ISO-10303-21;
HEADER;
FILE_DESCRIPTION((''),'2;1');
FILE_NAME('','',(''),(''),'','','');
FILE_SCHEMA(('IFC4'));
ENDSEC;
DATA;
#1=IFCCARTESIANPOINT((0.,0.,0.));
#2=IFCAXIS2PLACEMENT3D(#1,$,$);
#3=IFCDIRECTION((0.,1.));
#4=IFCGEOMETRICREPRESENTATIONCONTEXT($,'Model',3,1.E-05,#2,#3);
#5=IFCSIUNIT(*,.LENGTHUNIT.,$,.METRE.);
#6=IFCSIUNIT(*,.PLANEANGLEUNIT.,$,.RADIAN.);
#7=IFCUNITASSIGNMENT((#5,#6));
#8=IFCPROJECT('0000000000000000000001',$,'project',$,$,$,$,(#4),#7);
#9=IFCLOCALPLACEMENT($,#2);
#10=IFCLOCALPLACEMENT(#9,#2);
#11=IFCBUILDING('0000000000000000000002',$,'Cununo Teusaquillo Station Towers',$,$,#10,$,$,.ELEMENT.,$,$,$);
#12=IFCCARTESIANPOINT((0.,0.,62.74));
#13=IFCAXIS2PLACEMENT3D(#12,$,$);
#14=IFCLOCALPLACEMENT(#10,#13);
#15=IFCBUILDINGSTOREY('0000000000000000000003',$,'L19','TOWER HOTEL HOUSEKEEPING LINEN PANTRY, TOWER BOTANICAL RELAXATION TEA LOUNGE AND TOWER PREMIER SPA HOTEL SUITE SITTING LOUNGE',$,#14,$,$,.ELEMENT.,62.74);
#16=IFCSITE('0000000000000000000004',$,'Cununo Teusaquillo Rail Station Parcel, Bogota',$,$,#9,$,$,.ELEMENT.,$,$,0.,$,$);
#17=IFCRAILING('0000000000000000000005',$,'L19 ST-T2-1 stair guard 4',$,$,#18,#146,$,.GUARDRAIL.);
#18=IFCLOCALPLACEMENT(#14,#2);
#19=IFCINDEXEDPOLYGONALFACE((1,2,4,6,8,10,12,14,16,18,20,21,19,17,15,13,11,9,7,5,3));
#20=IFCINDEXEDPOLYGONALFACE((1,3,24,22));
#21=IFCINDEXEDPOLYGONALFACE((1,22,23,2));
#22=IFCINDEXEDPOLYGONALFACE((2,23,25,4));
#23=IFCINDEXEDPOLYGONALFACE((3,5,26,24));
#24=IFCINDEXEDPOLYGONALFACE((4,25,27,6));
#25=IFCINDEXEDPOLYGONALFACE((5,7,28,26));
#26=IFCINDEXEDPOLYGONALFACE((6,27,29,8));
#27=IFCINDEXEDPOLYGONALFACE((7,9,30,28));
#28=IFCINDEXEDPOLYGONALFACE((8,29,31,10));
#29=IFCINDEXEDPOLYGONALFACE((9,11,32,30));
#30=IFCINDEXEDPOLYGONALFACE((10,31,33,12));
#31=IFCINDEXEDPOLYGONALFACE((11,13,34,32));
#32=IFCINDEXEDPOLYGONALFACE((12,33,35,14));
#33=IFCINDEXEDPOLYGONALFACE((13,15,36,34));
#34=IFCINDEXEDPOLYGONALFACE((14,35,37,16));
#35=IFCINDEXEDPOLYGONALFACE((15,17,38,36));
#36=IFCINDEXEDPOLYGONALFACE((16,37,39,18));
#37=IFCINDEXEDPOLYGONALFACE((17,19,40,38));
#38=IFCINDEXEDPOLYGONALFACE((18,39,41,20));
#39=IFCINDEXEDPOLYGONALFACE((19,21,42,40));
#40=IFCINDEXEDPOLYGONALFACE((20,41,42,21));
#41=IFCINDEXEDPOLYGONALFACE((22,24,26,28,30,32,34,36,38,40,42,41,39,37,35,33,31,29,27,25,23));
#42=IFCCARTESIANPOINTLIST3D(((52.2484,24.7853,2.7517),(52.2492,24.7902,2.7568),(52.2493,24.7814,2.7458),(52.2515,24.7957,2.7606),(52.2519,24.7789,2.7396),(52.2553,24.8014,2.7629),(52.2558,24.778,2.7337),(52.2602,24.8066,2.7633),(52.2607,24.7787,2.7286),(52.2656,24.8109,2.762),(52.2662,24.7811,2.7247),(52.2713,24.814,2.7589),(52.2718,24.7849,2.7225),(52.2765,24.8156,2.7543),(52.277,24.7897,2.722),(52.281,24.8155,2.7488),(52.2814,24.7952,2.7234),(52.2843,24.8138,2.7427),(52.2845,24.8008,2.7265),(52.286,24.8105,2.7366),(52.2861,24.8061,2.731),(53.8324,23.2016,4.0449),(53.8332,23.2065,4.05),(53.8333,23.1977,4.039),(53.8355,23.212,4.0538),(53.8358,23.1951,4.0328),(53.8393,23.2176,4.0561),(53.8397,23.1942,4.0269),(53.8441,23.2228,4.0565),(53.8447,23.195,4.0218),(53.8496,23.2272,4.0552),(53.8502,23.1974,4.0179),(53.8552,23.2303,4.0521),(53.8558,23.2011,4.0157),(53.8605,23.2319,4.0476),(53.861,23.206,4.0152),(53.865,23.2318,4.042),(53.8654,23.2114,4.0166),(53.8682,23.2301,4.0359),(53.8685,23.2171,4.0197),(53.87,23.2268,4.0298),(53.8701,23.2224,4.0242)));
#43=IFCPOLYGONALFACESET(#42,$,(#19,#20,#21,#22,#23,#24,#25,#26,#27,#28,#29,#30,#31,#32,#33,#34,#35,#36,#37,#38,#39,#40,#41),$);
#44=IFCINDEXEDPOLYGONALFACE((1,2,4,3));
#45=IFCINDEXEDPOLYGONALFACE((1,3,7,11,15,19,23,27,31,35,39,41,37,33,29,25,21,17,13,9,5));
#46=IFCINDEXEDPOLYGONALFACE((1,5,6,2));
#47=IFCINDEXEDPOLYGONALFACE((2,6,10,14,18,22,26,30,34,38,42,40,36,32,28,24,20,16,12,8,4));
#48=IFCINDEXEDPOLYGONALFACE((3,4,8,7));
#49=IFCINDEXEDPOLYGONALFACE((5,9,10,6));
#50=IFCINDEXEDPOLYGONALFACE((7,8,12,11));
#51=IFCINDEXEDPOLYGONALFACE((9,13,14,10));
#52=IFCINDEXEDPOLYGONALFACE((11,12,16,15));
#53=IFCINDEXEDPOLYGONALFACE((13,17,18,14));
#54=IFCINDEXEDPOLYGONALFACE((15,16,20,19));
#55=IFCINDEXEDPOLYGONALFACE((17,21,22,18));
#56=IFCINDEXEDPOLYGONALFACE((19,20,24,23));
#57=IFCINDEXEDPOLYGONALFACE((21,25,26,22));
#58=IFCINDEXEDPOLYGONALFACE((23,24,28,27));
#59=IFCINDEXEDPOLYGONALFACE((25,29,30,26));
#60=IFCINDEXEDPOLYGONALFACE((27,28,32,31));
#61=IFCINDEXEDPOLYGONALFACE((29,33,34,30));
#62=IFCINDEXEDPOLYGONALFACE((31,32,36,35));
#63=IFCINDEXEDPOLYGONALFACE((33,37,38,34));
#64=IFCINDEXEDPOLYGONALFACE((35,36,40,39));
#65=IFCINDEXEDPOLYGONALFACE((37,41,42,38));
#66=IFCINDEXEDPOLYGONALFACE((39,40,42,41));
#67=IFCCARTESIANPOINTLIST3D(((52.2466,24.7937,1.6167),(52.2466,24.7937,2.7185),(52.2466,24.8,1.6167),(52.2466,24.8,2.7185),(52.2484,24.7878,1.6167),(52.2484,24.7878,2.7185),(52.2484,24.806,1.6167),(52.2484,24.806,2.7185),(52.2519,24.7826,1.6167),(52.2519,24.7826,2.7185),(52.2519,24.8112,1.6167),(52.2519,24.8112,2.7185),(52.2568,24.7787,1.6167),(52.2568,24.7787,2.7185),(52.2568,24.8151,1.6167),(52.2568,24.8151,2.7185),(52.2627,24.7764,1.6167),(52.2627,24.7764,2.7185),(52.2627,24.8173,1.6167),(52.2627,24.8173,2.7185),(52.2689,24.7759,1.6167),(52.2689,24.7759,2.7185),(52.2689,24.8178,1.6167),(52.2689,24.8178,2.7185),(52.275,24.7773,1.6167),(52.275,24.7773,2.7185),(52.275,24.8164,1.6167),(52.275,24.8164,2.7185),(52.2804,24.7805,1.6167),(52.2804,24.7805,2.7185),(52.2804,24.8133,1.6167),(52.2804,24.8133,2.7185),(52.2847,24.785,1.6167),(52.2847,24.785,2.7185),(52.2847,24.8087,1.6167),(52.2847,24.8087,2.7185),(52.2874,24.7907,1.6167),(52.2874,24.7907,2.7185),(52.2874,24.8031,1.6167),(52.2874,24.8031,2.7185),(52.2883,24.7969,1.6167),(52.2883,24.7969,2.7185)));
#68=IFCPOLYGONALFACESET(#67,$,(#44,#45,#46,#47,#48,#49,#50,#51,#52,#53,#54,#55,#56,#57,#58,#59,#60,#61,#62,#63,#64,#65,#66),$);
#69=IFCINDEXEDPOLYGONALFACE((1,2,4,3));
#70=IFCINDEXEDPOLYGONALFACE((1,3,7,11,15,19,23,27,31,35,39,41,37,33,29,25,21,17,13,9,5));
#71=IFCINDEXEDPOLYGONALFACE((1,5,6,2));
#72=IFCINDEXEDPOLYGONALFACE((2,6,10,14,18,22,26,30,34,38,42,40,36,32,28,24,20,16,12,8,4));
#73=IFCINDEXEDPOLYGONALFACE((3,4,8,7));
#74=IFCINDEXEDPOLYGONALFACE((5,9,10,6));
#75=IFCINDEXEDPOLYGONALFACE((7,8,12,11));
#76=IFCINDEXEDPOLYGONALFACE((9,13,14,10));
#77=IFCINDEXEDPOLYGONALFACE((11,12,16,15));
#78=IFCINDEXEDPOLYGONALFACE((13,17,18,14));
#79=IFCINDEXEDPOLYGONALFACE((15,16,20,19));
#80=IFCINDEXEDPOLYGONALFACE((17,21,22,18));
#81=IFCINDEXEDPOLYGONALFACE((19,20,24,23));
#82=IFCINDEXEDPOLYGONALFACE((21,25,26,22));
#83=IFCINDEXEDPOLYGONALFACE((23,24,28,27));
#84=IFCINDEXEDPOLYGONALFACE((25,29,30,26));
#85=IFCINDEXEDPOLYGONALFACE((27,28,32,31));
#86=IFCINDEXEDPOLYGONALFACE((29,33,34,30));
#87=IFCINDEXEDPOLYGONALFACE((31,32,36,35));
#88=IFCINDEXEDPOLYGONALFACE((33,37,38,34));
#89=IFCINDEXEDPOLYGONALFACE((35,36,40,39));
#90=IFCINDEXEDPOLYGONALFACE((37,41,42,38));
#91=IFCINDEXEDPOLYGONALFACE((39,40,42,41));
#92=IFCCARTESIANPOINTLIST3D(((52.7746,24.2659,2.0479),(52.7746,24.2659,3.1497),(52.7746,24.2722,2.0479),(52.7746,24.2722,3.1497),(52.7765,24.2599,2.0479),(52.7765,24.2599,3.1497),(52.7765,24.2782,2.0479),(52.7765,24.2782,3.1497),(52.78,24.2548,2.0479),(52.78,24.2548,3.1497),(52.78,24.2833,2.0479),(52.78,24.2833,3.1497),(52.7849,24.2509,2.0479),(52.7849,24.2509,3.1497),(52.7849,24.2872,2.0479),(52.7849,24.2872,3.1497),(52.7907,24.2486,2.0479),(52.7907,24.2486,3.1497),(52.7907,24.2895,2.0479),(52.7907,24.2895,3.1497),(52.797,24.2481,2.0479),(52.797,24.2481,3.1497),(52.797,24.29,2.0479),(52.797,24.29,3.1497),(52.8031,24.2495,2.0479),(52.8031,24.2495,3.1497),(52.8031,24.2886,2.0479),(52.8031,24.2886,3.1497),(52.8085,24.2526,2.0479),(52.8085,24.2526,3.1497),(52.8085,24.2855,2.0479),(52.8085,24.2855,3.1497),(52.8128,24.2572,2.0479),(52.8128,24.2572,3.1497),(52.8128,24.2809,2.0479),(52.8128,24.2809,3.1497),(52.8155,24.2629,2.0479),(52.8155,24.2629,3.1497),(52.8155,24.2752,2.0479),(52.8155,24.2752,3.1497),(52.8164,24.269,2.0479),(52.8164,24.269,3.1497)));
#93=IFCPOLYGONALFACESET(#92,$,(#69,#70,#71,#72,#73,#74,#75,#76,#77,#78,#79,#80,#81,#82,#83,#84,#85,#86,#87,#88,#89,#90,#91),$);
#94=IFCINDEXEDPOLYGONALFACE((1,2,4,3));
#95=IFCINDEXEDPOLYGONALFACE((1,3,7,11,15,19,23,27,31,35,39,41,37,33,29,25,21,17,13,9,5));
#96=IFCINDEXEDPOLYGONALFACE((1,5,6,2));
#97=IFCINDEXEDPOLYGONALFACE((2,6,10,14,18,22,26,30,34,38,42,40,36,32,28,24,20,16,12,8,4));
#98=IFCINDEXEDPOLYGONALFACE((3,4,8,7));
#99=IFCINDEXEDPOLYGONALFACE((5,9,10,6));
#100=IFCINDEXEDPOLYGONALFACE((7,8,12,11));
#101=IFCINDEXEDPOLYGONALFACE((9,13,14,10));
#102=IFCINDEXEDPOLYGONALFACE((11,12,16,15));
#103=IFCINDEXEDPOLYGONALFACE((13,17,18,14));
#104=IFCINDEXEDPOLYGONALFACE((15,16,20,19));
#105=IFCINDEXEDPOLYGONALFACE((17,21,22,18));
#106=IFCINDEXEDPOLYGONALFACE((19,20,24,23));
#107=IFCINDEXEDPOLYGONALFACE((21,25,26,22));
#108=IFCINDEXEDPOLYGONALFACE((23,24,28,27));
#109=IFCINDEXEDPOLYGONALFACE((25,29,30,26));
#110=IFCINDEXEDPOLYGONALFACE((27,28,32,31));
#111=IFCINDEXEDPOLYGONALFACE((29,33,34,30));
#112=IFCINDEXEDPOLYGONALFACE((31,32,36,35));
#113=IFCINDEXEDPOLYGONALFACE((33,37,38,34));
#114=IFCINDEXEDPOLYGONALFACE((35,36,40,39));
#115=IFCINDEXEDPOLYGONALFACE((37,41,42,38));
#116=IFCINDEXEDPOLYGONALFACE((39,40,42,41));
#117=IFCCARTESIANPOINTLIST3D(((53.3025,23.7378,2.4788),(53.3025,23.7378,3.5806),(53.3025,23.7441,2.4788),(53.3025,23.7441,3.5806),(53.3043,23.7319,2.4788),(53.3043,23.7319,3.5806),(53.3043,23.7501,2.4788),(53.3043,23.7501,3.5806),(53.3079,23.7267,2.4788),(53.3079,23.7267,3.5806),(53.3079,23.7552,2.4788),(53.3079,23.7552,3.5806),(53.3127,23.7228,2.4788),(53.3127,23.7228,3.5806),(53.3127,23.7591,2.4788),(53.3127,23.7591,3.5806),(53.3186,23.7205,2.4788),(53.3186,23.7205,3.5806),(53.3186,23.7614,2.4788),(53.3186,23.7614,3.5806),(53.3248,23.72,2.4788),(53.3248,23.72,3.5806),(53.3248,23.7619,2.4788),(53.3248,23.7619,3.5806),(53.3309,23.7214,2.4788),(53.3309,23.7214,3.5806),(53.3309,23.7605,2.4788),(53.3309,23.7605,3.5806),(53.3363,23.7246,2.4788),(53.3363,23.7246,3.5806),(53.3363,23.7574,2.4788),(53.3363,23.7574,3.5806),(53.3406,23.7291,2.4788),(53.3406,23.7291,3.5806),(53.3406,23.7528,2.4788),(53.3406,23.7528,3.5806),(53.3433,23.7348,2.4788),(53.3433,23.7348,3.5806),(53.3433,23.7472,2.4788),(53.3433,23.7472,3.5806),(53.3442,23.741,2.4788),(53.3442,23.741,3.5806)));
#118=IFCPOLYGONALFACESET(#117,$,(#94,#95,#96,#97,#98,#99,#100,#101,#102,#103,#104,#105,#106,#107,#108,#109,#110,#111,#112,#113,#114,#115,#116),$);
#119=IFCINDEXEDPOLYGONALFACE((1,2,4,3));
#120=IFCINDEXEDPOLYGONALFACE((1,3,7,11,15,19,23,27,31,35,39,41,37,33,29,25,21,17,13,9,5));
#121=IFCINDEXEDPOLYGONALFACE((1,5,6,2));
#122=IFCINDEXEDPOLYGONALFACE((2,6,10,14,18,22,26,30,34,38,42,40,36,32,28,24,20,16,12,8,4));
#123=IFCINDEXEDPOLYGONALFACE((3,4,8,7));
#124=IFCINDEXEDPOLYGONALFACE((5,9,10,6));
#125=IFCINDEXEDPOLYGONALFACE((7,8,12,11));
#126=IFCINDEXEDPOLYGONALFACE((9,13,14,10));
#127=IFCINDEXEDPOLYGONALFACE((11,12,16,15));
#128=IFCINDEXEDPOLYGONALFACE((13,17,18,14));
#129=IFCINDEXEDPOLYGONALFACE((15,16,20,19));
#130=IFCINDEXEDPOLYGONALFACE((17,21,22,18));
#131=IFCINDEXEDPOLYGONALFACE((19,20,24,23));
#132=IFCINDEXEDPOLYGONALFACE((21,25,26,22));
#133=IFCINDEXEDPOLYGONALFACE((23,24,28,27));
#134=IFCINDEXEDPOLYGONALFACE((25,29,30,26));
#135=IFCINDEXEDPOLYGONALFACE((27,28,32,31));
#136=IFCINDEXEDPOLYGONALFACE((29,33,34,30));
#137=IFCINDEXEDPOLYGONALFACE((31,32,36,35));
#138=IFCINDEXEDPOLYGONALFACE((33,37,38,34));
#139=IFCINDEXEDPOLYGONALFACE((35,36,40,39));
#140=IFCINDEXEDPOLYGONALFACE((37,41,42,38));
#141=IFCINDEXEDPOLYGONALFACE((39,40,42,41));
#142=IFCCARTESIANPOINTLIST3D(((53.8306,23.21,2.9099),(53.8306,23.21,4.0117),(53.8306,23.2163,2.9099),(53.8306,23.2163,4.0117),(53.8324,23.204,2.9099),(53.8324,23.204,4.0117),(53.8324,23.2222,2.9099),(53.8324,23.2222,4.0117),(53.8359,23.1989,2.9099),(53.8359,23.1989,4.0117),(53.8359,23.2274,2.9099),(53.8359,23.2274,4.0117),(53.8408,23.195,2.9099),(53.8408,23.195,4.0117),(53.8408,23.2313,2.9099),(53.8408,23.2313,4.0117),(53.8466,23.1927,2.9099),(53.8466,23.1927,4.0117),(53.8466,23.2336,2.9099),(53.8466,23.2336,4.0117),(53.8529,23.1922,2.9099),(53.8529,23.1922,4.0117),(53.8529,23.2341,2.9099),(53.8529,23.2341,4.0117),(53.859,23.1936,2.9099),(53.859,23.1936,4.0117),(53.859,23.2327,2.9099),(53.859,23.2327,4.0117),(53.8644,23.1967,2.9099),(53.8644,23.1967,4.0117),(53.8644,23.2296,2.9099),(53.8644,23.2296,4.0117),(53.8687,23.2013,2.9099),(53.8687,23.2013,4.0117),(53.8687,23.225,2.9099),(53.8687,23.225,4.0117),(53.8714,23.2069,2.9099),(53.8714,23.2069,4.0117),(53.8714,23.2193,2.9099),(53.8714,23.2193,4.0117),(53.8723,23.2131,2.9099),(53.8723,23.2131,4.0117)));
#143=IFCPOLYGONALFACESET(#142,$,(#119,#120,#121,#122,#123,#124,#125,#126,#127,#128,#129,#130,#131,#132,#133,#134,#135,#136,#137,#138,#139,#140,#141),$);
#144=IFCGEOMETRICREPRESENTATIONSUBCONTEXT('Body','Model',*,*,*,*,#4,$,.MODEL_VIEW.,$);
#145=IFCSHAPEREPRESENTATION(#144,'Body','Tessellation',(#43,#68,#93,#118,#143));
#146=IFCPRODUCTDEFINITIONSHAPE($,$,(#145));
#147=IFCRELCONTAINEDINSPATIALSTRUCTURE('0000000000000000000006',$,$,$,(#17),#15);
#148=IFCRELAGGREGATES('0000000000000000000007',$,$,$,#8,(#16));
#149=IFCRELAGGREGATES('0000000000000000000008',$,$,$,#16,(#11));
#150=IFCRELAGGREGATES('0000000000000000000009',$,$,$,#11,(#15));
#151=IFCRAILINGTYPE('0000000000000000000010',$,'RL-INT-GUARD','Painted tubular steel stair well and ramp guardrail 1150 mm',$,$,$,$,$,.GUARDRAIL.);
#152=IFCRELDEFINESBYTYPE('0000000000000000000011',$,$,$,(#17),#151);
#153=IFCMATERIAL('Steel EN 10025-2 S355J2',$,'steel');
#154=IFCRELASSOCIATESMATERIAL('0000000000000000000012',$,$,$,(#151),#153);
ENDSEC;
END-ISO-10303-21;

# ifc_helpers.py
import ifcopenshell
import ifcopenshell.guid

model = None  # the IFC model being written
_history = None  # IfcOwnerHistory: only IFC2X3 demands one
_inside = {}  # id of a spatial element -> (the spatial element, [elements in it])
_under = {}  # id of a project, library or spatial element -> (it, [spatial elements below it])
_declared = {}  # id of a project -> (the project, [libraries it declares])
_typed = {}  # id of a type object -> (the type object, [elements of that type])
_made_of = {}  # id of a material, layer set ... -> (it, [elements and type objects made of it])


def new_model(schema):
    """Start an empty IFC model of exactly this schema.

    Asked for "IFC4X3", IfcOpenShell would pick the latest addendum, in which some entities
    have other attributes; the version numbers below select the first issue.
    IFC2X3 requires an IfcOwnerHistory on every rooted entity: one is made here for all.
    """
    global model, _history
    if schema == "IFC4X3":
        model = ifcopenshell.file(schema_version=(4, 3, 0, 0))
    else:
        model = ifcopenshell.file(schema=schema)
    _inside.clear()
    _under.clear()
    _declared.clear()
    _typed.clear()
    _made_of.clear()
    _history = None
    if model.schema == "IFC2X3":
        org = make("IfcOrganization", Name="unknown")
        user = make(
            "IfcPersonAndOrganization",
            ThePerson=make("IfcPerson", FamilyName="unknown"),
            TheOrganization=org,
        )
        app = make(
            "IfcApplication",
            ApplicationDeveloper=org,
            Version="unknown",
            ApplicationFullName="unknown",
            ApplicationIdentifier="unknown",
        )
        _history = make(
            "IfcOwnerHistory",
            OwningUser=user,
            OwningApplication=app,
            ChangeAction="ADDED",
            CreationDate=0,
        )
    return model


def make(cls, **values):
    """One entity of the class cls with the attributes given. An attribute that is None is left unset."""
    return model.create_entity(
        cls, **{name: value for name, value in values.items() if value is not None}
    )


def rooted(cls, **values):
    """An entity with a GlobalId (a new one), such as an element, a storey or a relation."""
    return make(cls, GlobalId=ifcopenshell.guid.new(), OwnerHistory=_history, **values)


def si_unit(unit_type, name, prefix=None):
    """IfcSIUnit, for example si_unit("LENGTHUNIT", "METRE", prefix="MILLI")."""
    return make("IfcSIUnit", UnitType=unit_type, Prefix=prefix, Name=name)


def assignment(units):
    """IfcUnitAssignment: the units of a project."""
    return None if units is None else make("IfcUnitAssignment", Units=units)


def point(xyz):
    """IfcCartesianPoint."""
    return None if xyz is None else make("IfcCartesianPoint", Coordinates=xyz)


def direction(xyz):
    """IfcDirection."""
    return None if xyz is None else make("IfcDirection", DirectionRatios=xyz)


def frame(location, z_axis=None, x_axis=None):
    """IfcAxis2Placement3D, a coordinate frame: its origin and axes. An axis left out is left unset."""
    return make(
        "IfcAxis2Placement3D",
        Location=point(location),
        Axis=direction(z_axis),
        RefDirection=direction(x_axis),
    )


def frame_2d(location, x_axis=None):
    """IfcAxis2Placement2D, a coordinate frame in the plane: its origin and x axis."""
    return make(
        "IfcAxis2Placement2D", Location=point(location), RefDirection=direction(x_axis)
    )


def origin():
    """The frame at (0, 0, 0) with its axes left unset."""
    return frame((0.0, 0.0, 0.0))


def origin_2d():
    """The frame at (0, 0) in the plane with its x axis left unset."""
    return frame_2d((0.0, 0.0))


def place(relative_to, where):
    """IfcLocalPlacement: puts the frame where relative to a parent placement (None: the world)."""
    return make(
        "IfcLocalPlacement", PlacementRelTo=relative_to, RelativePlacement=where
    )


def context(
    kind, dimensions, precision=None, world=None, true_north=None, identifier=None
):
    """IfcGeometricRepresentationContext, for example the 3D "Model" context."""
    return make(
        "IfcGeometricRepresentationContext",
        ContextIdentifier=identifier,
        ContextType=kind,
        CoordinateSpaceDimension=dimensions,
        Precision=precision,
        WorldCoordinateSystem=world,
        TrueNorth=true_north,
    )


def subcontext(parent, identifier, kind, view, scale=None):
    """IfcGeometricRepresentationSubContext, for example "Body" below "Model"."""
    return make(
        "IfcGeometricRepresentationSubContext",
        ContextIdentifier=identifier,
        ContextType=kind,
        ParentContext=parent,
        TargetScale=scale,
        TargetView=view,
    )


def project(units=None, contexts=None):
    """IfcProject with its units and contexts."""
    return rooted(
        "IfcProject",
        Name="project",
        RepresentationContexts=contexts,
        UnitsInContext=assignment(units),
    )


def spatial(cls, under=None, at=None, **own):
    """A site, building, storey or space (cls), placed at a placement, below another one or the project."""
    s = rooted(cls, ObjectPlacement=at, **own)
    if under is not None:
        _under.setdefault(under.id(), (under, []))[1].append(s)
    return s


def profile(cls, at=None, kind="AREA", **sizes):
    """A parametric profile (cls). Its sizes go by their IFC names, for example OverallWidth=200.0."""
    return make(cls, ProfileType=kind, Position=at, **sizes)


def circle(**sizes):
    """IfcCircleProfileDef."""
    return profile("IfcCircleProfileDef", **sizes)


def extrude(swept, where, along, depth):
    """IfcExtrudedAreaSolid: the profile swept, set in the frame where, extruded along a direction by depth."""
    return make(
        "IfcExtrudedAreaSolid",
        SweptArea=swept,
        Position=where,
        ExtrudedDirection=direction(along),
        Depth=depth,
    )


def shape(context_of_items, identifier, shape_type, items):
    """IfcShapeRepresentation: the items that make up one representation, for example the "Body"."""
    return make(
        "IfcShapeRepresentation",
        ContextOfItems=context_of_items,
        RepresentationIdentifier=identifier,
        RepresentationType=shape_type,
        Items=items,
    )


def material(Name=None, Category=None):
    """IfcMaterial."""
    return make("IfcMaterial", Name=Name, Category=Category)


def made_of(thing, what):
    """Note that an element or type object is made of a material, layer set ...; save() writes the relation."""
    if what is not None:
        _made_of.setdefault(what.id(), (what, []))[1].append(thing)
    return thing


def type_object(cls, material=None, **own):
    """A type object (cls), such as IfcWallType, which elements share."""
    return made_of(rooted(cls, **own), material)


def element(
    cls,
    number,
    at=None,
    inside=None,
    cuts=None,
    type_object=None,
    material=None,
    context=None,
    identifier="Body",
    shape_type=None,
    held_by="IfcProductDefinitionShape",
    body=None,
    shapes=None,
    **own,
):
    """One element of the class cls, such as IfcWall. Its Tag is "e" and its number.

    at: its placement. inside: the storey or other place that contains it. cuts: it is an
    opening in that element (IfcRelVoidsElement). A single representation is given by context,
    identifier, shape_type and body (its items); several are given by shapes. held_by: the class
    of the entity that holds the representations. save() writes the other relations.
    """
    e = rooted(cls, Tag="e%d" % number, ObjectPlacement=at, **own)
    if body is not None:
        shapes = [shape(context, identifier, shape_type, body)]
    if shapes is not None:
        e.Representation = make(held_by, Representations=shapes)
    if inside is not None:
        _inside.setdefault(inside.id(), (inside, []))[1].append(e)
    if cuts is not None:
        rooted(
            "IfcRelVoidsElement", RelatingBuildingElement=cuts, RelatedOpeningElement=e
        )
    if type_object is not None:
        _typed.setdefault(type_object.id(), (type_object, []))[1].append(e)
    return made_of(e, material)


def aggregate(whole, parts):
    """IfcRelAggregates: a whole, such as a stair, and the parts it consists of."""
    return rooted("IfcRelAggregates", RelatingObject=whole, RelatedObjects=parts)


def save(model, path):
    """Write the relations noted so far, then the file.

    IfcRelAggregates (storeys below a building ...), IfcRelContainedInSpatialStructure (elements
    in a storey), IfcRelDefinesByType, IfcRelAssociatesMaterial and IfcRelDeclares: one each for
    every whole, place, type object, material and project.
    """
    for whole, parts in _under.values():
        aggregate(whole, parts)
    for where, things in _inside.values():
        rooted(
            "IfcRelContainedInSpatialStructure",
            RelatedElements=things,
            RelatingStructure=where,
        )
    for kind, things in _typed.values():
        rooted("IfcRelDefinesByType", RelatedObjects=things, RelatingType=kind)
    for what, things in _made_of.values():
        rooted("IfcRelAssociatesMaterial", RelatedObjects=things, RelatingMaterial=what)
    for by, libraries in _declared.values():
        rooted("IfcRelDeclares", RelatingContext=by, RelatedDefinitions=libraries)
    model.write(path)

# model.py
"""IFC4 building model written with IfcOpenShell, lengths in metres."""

from ifc_helpers import new_model, si_unit, direction, frame, origin, origin_2d, place, context, subcontext, project, spatial, circle, extrude, material, type_object, element, save


model = new_model("IFC4")

# Units and contexts
model_context = context("Model", 3, precision=1e-05, world=origin(), true_north=direction((0.0, 1.0)))
body_context = subcontext(model_context, "Body", "Model", "MODEL_VIEW")
ifc_project = project(units=[si_unit("LENGTHUNIT", "METRE"), si_unit("PLANEANGLEUNIT", "RADIAN")], contexts=[model_context])

# Site, building, storey
site_placement = place(None, origin())
site = spatial("IfcSite", under=ifc_project, at=site_placement, Name="Cununo Teusaquillo Rail Station Parcel, Bogota", CompositionType="ELEMENT", RefElevation=0.0)
building_placement = place(site_placement, origin())
building = spatial("IfcBuilding", under=site, at=building_placement, Name="Cununo Teusaquillo Station Towers", CompositionType="ELEMENT")
storey_placement = place(building_placement, frame((0.0, 0.0, 62.74)))
storey = spatial("IfcBuildingStorey", under=building, at=storey_placement, Name="L19", Description="TOWER HOTEL HOUSEKEEPING LINEN PANTRY, TOWER BOTANICAL RELAXATION TEA LOUNGE AND TOWER PREMIER SPA HOTEL SUITE SITTING LOUNGE", CompositionType="ELEMENT", Elevation=62.74)

# Railing
ifc_material_1 = material(Name="Steel EN 10025-2 S355J2", Category="steel")
railing_type_1 = type_object("IfcRailingType", Name="RL-INT-GUARD", Description="Painted tubular steel stair well and ramp guardrail 1150 mm", PredefinedType="GUARDRAIL", material=ifc_material_1)
railing_1_placement = place(storey_placement, frame((52.2673, 24.7969, 1.6167)))
element("IfcRailing", 1, at=railing_1_placement, inside=storey, type_object=railing_type_1, Name="L19 ST-T2-1 stair guard 4", PredefinedType="GUARDRAIL", context=body_context, shape_type="SweptSolid", body=[
    extrude(circle(Radius=0.0239, at=origin_2d()), frame((0.0, 0.0, 1.126), z_axis=(0.61242, -0.612326, 0.499998), x_axis=(0.707052, 0.707161, 0.0)), (0.0, 0.0, 1.0), 2.5864),
    extrude(circle(Radius=0.021, at=origin_2d()), origin(), (0.0, 0.0, 1.0), 1.1018),
    extrude(circle(Radius=0.021, at=origin_2d()), frame((0.5281, -0.5278, 0.4312)), (0.0, 0.0, 1.0), 1.1018),
    extrude(circle(Radius=0.021, at=origin_2d()), frame((1.0559, -1.0559, 0.8621)), (0.0, 0.0, 1.0), 1.1018),
    extrude(circle(Radius=0.021, at=origin_2d()), frame((1.584, -1.5837, 1.2932)), (0.0, 0.0, 1.0), 1.1018),
])

save(model, "model.ifc")
